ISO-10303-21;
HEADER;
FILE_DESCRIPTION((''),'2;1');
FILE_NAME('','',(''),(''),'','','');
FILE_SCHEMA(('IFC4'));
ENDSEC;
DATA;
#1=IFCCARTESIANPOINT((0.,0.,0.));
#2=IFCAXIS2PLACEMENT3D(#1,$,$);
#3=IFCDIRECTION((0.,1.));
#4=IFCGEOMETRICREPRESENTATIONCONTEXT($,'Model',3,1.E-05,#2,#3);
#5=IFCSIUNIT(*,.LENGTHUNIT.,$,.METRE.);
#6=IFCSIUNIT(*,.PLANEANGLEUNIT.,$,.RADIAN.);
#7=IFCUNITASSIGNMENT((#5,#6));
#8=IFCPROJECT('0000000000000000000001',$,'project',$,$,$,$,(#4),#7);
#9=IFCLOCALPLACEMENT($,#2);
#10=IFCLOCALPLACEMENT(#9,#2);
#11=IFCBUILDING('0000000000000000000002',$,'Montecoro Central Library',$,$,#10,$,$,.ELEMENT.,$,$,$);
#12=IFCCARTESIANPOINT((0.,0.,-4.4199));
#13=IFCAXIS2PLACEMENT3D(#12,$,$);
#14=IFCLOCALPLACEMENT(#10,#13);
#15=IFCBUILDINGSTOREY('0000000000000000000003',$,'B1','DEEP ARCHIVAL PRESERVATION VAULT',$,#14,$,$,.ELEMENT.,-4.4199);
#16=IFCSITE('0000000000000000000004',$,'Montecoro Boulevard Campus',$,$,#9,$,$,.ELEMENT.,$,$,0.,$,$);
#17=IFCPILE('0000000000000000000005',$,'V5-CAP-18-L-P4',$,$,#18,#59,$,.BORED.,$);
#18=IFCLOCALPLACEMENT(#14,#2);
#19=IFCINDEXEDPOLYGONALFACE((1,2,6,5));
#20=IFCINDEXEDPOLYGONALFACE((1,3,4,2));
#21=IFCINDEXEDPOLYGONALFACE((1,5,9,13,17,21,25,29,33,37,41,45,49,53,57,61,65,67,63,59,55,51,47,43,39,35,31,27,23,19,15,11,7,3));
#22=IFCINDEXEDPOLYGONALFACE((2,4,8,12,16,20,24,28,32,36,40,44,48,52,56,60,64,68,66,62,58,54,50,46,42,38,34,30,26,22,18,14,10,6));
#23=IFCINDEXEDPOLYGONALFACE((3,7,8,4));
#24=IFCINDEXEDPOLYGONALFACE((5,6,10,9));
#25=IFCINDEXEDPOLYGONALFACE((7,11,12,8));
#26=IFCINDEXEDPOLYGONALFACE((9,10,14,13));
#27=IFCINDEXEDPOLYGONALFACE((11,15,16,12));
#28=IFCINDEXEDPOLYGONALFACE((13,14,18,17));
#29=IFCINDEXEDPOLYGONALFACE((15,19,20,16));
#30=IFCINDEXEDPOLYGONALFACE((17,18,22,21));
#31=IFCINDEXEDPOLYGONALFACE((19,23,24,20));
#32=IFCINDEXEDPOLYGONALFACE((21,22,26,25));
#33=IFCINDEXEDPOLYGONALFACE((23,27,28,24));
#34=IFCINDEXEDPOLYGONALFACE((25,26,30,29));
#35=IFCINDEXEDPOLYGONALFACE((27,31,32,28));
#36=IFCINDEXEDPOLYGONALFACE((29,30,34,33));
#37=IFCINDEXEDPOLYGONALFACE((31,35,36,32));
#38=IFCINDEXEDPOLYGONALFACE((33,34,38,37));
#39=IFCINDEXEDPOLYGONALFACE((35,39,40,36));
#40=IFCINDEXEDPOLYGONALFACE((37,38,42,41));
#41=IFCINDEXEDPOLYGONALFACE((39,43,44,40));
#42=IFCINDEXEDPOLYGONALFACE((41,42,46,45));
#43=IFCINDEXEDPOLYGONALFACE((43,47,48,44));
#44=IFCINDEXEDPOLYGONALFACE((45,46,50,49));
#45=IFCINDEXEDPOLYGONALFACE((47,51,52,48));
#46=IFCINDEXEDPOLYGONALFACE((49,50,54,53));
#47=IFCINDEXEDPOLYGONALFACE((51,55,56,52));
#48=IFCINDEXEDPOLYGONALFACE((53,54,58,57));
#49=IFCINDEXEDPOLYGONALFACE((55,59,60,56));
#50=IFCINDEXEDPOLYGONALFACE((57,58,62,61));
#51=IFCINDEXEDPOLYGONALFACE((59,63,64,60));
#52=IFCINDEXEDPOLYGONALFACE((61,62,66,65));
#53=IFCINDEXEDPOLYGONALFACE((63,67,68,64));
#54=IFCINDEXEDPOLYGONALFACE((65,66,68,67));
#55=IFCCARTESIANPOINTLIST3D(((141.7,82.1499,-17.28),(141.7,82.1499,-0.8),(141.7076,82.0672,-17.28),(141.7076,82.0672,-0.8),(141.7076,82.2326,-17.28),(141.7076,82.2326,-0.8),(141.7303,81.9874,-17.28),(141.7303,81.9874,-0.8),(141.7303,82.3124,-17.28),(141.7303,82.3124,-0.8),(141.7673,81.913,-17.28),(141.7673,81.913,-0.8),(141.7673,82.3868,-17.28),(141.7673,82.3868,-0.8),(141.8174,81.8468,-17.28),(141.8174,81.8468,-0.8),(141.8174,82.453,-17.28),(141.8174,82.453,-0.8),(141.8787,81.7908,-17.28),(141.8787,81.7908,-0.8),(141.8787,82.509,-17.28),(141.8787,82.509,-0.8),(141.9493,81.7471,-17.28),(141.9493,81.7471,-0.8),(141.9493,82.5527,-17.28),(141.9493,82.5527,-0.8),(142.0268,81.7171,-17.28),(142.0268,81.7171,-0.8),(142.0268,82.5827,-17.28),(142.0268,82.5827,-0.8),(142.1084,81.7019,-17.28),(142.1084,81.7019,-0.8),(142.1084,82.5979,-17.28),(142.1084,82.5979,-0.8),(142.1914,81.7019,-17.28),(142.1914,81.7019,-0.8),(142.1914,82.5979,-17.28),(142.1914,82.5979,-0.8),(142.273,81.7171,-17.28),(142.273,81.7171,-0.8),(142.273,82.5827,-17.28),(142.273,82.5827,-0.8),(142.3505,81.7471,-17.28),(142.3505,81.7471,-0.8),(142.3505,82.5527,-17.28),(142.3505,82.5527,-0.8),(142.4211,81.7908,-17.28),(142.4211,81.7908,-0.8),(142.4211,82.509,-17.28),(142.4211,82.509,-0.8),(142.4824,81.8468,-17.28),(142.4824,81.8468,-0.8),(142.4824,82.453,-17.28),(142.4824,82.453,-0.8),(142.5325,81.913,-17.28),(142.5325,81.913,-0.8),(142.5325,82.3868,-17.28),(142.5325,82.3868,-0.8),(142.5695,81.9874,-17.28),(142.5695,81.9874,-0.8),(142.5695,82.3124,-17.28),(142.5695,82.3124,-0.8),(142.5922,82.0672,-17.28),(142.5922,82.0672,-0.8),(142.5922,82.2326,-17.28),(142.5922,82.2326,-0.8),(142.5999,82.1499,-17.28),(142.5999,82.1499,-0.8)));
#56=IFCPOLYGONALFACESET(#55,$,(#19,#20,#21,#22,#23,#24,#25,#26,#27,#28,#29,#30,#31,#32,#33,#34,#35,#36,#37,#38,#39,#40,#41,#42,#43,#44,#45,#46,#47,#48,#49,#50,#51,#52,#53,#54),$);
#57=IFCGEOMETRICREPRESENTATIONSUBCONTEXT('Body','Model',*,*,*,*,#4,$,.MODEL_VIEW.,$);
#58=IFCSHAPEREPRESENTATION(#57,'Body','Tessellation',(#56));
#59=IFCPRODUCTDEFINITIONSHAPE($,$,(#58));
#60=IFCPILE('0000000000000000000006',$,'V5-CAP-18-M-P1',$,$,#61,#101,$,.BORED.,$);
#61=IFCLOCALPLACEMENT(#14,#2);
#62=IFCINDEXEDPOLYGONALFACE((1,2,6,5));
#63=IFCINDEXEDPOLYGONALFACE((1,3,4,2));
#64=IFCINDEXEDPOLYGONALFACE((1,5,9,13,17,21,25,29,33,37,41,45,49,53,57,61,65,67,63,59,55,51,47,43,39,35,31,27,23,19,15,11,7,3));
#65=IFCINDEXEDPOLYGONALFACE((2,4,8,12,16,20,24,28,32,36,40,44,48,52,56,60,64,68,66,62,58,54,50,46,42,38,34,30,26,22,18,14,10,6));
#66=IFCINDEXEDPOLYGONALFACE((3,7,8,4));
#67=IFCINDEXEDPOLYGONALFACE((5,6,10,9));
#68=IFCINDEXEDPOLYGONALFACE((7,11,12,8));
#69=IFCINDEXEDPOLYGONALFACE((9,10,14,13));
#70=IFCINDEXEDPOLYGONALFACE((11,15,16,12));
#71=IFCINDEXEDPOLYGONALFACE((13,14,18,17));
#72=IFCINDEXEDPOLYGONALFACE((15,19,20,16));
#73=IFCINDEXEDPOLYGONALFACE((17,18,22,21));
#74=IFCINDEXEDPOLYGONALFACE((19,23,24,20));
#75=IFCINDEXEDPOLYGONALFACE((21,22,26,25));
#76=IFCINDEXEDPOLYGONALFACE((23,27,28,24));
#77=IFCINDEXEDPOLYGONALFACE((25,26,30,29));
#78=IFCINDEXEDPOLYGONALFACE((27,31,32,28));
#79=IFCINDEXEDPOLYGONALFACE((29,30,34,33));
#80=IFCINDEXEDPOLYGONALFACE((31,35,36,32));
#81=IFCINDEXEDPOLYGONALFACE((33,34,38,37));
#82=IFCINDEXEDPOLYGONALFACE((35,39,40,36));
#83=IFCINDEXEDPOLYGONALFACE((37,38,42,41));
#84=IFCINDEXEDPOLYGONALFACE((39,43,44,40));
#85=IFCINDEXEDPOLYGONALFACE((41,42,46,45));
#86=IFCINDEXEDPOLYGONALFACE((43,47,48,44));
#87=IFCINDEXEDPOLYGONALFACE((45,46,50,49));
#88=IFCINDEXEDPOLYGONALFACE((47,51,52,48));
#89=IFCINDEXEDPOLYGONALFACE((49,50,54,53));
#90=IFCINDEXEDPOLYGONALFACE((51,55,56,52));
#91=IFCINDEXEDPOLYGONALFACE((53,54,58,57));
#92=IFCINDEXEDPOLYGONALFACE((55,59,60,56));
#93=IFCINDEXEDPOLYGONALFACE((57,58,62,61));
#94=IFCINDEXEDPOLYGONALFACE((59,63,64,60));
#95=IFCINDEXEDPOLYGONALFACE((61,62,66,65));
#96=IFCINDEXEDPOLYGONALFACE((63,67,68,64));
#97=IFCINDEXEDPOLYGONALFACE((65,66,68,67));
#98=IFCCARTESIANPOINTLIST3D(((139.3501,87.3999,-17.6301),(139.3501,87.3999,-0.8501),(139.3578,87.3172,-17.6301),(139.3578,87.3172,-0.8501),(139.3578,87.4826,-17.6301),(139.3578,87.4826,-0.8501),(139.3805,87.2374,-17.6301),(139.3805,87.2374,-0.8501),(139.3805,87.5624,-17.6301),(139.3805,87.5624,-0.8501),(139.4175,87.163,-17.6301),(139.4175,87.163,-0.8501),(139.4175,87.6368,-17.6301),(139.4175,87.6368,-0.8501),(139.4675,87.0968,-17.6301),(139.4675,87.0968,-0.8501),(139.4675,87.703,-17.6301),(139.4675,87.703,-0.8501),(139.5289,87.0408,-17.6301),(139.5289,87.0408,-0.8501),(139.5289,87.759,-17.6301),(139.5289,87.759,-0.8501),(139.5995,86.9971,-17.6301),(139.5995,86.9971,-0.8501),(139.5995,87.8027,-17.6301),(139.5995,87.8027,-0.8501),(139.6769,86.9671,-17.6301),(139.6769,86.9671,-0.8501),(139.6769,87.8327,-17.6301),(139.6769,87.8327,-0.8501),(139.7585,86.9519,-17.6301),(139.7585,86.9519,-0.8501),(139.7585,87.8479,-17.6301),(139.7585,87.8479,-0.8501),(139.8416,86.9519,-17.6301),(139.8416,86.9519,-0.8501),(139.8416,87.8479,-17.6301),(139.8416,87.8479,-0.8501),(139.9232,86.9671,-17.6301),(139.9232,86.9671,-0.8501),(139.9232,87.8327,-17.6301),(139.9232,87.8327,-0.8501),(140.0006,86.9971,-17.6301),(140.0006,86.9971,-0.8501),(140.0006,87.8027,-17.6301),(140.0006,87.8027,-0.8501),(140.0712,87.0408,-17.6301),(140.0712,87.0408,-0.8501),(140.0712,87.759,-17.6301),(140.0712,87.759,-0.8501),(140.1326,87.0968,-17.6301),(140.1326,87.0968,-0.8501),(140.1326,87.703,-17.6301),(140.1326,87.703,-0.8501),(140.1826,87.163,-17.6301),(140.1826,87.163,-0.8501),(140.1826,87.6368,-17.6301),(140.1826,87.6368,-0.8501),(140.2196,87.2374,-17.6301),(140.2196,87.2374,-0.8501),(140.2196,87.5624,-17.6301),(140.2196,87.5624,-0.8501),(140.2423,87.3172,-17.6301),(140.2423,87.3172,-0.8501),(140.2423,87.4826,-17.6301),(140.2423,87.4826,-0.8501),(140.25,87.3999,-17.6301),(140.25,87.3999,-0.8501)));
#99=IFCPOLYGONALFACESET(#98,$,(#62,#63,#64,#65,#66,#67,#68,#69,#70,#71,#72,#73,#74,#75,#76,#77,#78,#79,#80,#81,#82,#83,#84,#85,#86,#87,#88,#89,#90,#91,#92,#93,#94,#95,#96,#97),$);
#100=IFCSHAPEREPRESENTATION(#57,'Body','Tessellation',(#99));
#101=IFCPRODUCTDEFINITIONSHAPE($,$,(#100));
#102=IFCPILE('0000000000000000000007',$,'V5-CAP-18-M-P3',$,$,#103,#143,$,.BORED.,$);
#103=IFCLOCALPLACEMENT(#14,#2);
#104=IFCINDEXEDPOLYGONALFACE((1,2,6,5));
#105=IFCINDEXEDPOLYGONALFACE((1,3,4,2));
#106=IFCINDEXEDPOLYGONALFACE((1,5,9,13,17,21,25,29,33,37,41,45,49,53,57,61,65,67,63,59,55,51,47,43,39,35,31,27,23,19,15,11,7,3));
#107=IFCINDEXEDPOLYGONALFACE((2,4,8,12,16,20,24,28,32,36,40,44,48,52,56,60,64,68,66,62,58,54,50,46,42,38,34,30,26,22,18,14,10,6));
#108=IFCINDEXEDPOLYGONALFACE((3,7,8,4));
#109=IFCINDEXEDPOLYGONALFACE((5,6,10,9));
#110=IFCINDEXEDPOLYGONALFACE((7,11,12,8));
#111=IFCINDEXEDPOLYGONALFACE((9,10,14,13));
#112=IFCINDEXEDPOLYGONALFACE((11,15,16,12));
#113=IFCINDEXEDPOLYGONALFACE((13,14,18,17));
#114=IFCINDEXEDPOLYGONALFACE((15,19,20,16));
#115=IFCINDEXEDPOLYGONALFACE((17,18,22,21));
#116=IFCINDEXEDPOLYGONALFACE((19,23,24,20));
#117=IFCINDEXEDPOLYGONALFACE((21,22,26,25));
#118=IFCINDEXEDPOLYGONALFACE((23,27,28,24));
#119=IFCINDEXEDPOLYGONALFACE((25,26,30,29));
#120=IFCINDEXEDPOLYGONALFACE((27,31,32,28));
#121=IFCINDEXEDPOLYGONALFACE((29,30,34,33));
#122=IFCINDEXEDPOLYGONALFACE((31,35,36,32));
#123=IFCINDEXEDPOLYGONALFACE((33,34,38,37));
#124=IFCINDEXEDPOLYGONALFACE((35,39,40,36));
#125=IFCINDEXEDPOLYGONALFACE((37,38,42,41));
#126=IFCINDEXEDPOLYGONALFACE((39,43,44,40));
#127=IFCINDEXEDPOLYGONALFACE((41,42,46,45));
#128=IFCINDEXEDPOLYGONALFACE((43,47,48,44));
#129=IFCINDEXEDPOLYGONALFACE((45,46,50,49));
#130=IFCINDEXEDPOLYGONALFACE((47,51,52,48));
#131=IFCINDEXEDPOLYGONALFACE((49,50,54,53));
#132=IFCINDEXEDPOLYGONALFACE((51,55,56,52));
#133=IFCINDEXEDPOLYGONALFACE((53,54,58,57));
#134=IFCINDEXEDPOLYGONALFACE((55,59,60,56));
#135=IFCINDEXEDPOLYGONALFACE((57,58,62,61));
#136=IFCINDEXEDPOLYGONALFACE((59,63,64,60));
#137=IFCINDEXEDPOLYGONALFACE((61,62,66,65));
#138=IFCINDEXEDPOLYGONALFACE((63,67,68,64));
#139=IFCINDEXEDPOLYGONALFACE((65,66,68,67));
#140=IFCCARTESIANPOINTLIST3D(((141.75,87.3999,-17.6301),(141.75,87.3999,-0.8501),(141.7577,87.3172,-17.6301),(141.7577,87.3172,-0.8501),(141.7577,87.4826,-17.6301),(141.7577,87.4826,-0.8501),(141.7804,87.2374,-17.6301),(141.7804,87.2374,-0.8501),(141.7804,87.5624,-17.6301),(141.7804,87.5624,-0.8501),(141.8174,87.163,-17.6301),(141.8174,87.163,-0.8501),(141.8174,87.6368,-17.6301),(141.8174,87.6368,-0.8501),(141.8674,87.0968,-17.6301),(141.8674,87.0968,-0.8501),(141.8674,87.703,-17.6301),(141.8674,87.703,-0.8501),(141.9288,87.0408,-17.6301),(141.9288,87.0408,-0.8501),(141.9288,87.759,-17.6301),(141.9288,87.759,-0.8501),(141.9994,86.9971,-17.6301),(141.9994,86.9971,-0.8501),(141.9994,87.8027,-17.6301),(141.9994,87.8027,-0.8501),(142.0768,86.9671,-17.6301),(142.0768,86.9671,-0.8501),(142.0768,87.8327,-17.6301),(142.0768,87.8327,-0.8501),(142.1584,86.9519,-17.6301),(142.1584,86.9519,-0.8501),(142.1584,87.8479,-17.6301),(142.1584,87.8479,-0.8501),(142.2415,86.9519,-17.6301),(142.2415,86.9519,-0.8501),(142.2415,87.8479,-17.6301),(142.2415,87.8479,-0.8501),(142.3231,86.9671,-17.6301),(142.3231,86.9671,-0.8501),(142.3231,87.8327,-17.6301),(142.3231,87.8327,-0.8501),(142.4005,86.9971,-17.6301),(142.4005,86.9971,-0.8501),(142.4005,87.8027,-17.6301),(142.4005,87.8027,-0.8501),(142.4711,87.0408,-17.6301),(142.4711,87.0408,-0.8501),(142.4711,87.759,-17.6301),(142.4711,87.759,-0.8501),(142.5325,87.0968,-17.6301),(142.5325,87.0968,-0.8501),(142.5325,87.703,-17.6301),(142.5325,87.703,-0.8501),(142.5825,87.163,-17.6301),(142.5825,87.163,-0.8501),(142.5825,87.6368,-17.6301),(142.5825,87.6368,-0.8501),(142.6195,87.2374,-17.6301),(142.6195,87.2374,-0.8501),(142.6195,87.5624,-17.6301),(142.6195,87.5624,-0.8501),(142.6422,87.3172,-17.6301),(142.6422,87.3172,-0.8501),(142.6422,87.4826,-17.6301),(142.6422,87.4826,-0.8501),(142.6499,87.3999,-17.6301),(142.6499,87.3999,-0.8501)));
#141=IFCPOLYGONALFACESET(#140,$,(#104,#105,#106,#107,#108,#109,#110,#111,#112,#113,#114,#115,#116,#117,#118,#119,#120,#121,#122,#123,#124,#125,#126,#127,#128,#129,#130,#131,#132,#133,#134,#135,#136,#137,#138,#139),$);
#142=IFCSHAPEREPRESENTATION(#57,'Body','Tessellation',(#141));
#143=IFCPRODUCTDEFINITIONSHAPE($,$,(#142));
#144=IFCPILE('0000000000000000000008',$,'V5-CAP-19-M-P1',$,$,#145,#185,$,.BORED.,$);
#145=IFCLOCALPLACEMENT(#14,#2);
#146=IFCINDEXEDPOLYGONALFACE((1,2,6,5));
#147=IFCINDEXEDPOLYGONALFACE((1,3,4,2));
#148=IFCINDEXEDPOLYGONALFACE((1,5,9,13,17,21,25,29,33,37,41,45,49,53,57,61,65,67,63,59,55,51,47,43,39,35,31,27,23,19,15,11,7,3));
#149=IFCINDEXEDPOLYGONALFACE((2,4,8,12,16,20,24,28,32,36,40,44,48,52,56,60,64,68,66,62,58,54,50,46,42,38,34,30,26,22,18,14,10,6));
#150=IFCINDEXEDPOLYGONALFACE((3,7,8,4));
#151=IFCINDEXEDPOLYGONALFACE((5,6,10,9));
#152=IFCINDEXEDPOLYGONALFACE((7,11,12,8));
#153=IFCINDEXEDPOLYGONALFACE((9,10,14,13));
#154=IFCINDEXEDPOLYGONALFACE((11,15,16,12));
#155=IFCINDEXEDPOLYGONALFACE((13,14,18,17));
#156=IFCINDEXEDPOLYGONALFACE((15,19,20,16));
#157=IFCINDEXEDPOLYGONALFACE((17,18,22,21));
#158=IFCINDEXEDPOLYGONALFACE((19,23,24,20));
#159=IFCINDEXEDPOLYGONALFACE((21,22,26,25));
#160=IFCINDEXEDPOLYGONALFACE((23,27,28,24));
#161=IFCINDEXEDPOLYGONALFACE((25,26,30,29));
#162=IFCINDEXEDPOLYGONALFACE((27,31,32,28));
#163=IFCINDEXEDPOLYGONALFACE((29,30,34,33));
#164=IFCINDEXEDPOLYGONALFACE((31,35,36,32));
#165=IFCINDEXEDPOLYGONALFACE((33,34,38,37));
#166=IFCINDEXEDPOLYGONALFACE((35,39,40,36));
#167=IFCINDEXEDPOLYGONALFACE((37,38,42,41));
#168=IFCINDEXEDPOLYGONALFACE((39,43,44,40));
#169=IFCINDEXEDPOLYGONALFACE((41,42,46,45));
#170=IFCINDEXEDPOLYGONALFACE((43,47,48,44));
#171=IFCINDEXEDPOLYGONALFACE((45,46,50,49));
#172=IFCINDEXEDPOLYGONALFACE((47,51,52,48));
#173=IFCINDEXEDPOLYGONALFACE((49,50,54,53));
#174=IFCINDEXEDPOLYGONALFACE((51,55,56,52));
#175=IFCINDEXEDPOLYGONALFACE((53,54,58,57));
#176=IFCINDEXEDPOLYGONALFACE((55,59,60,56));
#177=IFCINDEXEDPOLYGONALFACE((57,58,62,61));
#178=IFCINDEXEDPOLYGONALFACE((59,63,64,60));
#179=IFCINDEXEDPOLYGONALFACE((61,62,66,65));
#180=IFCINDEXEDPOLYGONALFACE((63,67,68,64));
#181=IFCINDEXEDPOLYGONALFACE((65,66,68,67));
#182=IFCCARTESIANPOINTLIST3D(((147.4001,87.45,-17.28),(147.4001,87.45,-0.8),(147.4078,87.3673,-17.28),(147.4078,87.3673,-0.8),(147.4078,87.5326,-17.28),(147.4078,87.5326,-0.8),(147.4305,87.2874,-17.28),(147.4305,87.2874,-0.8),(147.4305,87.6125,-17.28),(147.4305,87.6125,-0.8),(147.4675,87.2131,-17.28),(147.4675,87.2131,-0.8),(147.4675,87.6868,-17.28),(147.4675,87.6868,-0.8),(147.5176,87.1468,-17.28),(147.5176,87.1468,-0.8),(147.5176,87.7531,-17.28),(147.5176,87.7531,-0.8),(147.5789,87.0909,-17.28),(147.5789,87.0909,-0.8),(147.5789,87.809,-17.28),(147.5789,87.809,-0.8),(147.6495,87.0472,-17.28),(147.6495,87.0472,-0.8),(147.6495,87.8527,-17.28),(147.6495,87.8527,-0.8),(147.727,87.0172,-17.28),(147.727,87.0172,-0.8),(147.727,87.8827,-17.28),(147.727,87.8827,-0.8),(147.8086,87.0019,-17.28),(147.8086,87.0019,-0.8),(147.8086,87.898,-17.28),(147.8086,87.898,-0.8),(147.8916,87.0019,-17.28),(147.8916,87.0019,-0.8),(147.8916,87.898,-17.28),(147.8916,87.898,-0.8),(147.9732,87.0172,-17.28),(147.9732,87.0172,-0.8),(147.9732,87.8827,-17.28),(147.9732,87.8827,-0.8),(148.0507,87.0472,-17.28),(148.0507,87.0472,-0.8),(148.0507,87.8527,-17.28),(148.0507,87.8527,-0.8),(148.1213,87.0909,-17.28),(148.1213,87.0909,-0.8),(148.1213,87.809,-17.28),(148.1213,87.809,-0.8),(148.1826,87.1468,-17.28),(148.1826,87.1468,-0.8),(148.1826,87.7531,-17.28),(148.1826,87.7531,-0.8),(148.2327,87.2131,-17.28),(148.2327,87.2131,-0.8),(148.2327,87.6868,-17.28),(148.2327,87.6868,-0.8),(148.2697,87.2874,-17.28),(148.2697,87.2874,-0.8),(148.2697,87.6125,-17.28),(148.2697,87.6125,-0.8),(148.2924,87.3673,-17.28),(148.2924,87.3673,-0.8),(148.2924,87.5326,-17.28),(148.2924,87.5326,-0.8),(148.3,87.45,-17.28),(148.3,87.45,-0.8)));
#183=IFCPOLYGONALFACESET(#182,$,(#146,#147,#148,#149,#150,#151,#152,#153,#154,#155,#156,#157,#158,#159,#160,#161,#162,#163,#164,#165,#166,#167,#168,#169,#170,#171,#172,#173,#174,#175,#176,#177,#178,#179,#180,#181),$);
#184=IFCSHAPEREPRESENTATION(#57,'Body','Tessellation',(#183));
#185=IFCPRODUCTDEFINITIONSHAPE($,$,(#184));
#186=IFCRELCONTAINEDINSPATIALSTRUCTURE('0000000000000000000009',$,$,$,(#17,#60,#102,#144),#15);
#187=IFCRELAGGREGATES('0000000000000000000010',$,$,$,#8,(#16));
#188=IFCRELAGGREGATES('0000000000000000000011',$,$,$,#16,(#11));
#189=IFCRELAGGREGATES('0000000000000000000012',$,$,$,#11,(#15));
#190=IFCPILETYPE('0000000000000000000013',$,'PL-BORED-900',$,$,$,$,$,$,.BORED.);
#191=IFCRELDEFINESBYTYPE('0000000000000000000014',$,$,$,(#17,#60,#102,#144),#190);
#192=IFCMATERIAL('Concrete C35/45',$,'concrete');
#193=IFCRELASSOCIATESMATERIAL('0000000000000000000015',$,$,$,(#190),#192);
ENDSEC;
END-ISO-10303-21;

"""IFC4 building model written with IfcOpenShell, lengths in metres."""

from ifc_helpers import new_model, si_unit, direction, frame, origin, origin_2d, place, context, subcontext, project, spatial, circle, extrude, material, material_profile, profile_set, type_object, element, save


model = new_model("IFC4")

# Units and contexts
model_context = context("Model", 3, precision=1e-05, world=origin(), true_north=direction((0.0, 1.0)))
body_context = subcontext(model_context, "Body", "Model", "MODEL_VIEW")
ifc_project = project(units=[si_unit("LENGTHUNIT", "METRE"), si_unit("PLANEANGLEUNIT", "RADIAN")], contexts=[model_context])

# Site, building, storey
site_placement = place(None, origin())
site = spatial("IfcSite", under=ifc_project, at=site_placement, Name="Montecoro Boulevard Campus", CompositionType="ELEMENT", RefElevation=0.0)
building_placement = place(site_placement, origin())
building = spatial("IfcBuilding", under=site, at=building_placement, Name="Montecoro Central Library", CompositionType="ELEMENT")
storey_placement = place(building_placement, frame((0.0, 0.0, -4.4199)))
storey = spatial("IfcBuildingStorey", under=building, at=storey_placement, Name="B1", Description="DEEP ARCHIVAL PRESERVATION VAULT", CompositionType="ELEMENT", Elevation=-4.4199)

# Shared definitions
ifc_material_1 = material(Name="Concrete C35/45", Category="concrete")

# Piles
ifc_material_profile_1 = material_profile(ifc_material_1, circle(Radius=0.45, at=origin_2d()), Name="PILE D900")
ifc_profile_set_1 = profile_set([ifc_material_profile_1], Name="Concrete C35/45")
pile_type_1 = type_object("IfcPileType", Name="PL-BORED-900", PredefinedType="BORED", material=ifc_profile_set_1)
for number, where, z_axis, x_axis, name in (
    (1, (142.1499, 82.1499, -0.8), (0.0, 0.0, -1.0), (1.0, 0.0, 0.0), "V5-CAP-18-L-P4"),
):
    element("IfcPile", number, at=place(storey_placement, frame(where, z_axis=z_axis, x_axis=x_axis)), inside=storey, type_object=pile_type_1, Name=name, PredefinedType="BORED", context=body_context, shape_type="SweptSolid", body=[
        extrude(circle(Radius=0.45, at=origin_2d()), origin(), (0.0, 0.0, 1.0), 16.48),
    ])
for number, where, z_axis, x_axis, name in (
    (2, (139.8, 87.3999, -0.8501), (0.0, 0.0, -1.0), (1.0, 0.0, 0.0), "V5-CAP-18-M-P1"),
    (3, (142.2, 87.3999, -0.8501), (0.0, 0.0, -1.0), (1.0, 0.0, 0.0), "V5-CAP-18-M-P3"),
):
    element("IfcPile", number, at=place(storey_placement, frame(where, z_axis=z_axis, x_axis=x_axis)), inside=storey, type_object=pile_type_1, Name=name, PredefinedType="BORED", context=body_context, shape_type="SweptSolid", body=[
        extrude(circle(Radius=0.45, at=origin_2d()), origin(), (0.0, 0.0, 1.0), 16.78),
    ])
pile_1_placement = place(storey_placement, frame((147.8501, 87.45, -0.8), z_axis=(0.0, 0.0, -1.0), x_axis=(1.0, 0.0, 0.0)))
element("IfcPile", 4, at=pile_1_placement, inside=storey, type_object=pile_type_1, Name="V5-CAP-19-M-P1", PredefinedType="BORED", context=body_context, shape_type="SweptSolid", body=[
    extrude(circle(Radius=0.45, at=origin_2d()), origin(), (0.0, 0.0, 1.0), 16.48),
])

save(model, "model.ifc")
